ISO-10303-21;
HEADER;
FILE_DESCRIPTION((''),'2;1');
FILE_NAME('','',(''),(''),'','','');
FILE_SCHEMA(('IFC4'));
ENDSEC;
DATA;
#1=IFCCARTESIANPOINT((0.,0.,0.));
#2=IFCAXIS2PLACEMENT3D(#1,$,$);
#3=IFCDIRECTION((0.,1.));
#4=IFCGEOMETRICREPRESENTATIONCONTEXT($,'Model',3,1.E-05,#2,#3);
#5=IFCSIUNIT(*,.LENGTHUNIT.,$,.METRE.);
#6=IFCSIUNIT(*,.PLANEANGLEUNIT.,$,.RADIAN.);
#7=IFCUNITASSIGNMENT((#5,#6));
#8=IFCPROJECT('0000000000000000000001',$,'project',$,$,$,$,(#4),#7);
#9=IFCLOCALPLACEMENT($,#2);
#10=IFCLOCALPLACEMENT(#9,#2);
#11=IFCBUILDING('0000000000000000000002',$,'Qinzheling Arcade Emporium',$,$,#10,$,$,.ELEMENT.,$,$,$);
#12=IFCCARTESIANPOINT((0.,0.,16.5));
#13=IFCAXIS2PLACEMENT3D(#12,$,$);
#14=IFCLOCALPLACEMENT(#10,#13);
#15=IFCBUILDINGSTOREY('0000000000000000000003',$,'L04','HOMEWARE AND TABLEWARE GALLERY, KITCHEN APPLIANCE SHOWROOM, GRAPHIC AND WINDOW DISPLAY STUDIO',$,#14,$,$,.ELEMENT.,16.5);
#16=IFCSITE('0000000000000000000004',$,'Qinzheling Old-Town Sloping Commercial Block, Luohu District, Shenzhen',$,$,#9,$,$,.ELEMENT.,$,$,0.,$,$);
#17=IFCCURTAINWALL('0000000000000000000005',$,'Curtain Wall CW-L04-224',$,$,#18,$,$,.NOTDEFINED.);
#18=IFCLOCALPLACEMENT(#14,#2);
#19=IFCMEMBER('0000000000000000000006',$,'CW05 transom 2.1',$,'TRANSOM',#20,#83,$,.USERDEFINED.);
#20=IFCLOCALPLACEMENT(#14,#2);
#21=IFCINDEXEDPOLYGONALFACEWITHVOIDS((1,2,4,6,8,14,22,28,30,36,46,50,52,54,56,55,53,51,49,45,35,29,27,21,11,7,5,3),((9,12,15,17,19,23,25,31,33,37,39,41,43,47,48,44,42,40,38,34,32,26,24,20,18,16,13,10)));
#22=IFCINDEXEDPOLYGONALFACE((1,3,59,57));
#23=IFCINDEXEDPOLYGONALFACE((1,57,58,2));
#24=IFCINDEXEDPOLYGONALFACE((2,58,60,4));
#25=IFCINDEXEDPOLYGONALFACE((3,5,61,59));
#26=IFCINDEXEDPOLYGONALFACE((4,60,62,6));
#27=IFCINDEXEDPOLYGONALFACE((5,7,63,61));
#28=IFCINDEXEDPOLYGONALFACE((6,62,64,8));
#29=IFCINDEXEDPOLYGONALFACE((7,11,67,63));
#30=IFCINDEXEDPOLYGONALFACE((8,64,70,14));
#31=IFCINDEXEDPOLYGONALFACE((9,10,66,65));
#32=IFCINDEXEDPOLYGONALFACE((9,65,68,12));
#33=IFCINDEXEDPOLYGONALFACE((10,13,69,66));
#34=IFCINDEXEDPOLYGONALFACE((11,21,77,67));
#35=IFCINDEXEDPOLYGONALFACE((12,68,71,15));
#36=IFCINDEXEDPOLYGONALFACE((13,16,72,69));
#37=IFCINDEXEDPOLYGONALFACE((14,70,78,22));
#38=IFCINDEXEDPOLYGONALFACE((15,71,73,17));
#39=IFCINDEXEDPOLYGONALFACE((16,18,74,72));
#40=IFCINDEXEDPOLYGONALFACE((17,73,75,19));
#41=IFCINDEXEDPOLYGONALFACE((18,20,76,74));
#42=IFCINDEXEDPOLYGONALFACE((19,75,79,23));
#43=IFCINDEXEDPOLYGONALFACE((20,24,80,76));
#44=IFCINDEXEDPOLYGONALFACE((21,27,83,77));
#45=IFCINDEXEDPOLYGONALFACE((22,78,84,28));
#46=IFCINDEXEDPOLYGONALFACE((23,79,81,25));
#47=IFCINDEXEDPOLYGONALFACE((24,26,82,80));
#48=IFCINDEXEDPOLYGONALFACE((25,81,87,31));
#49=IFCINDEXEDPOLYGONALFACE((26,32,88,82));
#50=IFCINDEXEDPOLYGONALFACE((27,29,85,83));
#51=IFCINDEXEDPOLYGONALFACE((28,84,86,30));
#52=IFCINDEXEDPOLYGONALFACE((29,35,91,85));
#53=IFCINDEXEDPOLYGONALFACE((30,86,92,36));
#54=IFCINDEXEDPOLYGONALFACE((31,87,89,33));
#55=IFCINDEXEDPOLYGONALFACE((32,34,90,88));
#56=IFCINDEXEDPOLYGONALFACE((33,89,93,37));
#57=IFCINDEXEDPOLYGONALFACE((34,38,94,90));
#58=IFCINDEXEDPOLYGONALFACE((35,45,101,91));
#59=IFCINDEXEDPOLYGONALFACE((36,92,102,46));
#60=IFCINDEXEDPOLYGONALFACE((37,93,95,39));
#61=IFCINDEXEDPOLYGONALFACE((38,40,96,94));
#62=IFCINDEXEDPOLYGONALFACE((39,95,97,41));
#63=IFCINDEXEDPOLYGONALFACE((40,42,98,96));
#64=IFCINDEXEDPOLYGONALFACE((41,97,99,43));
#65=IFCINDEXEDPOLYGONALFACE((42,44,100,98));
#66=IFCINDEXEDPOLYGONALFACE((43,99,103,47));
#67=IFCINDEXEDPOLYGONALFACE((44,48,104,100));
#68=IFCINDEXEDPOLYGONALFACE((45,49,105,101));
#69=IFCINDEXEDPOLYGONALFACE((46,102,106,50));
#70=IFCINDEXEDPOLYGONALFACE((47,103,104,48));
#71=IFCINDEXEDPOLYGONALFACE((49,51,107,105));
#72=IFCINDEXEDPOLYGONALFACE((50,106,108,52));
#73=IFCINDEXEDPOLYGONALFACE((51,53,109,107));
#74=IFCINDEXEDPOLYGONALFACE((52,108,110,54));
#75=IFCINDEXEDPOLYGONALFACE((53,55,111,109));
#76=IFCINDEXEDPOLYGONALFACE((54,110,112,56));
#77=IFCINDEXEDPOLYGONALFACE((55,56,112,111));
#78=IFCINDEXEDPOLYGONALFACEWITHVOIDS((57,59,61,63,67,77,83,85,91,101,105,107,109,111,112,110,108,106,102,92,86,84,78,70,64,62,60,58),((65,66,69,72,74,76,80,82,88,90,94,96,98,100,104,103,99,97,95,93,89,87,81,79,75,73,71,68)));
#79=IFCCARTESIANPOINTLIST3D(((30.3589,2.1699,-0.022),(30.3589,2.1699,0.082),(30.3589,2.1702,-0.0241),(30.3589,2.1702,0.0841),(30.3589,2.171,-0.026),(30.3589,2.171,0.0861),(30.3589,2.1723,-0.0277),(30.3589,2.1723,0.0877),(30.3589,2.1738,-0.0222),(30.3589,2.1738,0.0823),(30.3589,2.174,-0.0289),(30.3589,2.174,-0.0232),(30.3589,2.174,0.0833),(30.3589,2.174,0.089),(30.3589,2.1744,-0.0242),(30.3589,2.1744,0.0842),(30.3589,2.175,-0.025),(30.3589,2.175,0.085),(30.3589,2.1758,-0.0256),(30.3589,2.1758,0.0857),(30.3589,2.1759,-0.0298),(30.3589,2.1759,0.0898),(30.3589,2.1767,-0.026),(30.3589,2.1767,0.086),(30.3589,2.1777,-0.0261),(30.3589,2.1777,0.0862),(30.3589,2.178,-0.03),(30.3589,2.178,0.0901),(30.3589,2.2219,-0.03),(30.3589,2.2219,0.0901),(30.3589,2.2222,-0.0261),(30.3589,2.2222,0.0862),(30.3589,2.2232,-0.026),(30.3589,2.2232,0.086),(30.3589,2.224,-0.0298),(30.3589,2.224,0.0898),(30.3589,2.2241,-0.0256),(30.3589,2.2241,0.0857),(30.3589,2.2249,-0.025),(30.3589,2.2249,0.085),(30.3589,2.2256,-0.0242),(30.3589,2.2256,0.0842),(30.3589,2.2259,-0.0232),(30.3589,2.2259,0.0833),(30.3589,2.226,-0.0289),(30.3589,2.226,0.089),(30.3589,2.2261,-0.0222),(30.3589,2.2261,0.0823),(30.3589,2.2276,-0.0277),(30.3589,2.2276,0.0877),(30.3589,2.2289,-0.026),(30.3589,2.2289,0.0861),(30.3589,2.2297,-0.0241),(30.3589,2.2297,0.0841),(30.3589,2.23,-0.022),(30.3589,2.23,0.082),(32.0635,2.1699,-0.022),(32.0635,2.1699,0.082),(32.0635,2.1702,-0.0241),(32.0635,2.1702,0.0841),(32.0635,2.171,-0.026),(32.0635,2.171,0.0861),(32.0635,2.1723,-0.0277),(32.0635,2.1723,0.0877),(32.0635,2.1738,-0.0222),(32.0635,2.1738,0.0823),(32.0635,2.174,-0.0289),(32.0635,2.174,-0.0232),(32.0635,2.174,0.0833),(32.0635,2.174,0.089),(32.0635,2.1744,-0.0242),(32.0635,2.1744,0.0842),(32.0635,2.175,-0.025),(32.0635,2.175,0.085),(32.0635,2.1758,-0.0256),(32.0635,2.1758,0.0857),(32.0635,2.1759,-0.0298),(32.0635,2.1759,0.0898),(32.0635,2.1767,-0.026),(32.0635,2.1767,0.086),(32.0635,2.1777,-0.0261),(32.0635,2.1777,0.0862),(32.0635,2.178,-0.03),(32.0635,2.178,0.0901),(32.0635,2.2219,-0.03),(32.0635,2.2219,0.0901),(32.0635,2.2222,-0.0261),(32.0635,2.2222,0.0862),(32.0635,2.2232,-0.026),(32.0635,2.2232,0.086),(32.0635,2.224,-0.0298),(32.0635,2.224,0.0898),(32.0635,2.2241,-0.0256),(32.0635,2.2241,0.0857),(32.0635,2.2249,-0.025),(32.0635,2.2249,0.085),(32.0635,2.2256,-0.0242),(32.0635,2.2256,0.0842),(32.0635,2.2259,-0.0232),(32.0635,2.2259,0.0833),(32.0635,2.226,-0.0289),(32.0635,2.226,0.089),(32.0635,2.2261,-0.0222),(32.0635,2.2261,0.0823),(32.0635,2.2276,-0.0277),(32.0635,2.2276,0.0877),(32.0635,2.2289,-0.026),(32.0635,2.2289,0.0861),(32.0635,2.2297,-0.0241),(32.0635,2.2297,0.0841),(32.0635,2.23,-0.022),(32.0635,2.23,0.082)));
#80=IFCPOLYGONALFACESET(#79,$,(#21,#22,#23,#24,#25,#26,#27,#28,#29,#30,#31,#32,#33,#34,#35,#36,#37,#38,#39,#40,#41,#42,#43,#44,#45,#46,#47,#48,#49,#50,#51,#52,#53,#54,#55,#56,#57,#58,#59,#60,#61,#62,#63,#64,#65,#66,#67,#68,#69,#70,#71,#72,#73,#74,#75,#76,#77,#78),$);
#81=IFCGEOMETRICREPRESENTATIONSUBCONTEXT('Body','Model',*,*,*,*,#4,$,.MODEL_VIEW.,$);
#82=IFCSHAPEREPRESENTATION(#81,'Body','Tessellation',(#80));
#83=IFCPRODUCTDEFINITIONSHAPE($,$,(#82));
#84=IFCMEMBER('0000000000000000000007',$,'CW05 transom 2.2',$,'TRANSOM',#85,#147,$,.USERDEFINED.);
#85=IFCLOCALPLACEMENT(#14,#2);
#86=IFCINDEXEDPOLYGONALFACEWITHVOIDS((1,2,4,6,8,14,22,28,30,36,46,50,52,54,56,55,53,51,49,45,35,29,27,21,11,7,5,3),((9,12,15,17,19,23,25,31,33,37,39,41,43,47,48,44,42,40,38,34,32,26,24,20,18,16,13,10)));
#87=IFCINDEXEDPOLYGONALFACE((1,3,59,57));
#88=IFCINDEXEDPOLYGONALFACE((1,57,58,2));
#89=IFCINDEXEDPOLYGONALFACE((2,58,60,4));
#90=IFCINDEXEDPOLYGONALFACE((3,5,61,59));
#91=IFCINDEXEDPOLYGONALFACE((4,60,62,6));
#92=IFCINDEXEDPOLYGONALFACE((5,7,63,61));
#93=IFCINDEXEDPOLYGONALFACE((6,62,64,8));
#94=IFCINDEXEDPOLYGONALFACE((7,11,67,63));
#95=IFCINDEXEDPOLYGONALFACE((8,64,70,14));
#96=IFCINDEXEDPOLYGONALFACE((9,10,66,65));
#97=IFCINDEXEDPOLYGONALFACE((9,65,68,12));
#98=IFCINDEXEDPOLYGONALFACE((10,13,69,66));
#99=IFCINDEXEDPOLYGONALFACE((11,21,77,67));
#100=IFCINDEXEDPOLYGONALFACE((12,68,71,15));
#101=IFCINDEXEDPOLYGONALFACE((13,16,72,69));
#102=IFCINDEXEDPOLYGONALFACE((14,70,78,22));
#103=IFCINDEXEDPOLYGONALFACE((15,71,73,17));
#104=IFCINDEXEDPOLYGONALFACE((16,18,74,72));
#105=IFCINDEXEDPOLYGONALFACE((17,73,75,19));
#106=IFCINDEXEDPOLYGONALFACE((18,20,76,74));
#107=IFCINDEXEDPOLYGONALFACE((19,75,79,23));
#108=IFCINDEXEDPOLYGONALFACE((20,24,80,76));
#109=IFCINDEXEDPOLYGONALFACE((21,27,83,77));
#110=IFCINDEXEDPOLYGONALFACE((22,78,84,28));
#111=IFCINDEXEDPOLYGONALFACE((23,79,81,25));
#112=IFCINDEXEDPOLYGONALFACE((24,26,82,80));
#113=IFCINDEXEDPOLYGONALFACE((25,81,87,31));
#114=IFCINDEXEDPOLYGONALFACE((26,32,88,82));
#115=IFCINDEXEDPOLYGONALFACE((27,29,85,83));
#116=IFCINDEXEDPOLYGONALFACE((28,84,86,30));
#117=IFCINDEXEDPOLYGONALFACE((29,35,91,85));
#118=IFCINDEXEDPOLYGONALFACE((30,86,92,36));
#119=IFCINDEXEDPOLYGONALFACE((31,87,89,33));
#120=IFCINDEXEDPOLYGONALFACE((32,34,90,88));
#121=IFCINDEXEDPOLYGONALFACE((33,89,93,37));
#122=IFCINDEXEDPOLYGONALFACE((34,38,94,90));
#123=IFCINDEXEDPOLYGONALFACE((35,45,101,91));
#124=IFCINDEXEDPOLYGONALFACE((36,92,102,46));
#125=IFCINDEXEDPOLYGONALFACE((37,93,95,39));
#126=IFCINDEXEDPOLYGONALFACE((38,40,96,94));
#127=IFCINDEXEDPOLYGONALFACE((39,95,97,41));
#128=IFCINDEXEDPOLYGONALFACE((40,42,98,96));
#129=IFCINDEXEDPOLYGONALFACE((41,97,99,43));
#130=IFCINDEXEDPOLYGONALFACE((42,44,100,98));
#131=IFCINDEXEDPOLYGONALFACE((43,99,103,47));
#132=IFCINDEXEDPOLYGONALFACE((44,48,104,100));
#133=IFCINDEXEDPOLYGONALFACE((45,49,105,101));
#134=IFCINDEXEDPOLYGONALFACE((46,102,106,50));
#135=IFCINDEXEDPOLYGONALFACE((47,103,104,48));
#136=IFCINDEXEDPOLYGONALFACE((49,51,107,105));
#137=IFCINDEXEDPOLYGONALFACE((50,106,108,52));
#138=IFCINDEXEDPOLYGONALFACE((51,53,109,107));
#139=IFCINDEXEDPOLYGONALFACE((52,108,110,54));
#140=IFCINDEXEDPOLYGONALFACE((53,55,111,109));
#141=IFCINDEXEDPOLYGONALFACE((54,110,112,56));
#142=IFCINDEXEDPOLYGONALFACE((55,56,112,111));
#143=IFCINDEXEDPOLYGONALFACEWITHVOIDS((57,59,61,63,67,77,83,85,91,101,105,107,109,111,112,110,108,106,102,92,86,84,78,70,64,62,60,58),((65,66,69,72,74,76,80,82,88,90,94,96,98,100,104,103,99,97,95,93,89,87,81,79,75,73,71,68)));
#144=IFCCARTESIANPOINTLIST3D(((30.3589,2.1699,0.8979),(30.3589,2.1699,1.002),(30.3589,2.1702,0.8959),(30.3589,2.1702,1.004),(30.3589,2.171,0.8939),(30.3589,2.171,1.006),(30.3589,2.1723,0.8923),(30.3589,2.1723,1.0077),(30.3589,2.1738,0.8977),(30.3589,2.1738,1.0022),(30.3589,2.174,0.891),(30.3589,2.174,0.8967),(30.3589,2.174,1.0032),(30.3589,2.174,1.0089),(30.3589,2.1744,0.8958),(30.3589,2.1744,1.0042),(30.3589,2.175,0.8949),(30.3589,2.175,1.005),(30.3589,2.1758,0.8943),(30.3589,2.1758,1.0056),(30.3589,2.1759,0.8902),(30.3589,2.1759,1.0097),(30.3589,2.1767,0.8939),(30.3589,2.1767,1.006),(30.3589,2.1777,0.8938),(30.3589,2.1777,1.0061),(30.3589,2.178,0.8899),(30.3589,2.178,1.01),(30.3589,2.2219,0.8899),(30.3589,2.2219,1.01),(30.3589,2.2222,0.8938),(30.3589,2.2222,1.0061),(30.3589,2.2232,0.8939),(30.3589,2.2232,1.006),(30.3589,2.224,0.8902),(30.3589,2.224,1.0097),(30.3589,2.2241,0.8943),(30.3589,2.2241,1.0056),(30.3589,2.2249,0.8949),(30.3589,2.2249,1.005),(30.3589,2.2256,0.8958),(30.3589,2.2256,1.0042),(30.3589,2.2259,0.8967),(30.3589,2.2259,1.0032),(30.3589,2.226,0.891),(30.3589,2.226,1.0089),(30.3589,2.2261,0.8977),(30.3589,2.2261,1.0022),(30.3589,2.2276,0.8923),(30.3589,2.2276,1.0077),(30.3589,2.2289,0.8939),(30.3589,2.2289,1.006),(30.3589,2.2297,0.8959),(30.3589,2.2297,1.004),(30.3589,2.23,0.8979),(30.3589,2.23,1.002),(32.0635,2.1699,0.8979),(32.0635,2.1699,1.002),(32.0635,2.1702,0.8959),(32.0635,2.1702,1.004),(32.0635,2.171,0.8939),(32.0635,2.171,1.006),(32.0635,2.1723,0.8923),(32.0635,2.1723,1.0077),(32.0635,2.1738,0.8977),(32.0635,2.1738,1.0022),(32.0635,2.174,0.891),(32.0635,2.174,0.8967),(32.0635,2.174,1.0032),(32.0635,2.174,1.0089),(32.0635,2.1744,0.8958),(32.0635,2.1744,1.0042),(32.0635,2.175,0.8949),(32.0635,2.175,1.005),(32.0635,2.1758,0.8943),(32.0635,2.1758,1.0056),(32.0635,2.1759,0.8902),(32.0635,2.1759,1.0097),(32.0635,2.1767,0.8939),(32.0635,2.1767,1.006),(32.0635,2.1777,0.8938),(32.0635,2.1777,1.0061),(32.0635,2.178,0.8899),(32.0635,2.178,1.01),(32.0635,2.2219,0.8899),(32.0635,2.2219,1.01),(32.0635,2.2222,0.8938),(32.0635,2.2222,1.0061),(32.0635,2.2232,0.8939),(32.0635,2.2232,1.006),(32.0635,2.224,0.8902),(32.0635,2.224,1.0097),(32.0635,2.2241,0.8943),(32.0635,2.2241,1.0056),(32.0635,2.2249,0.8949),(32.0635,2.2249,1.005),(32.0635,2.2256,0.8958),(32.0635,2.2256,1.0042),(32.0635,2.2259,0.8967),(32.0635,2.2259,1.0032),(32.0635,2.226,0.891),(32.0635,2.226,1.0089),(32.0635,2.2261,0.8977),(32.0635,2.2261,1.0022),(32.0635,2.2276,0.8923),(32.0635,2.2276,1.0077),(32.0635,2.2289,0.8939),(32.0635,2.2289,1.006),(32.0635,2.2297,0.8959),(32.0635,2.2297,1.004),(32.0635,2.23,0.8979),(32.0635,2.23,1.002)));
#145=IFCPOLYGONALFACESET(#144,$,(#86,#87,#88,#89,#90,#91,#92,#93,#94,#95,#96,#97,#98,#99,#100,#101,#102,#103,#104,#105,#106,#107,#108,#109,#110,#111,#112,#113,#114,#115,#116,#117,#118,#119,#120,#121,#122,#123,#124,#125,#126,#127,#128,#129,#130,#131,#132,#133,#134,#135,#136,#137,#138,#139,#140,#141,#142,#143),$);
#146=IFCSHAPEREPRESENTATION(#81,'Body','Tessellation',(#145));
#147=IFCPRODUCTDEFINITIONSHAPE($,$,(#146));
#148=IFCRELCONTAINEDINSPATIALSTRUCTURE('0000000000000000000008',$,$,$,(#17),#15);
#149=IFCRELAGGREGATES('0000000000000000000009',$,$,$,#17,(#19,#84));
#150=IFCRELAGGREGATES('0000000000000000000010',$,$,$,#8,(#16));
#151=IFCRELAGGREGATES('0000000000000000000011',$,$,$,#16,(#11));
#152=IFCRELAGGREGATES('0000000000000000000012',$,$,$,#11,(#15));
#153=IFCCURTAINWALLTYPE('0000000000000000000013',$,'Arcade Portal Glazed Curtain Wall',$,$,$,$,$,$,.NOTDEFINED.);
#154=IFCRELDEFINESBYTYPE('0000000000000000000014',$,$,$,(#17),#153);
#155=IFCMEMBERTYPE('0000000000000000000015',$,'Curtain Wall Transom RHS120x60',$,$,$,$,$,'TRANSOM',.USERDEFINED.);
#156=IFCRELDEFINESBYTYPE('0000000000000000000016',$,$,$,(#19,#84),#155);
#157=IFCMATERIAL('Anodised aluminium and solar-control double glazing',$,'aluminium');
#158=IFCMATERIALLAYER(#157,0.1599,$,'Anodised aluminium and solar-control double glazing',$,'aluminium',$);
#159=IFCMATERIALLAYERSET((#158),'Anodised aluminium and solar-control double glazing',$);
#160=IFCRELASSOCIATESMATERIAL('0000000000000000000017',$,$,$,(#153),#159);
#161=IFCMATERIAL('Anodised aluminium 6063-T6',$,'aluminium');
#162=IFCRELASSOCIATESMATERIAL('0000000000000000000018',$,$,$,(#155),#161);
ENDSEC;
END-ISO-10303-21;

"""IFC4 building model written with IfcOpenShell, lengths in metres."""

from ifc_helpers import new_model, si_unit, direction, frame, origin, origin_2d, place, context, subcontext, project, spatial, hollow_rectangle, extrude, material, layer, layer_set, material_profile, profile_set, type_object, element, aggregate, save


model = new_model("IFC4")

# Units and contexts
model_context = context("Model", 3, precision=1e-05, world=origin(), true_north=direction((0.0, 1.0)))
body_context = subcontext(model_context, "Body", "Model", "MODEL_VIEW")
ifc_project = project(units=[si_unit("LENGTHUNIT", "METRE"), si_unit("PLANEANGLEUNIT", "RADIAN")], contexts=[model_context])

# Site, building, storey
site_placement = place(None, origin())
site = spatial("IfcSite", under=ifc_project, at=site_placement, Name="Qinzheling Old-Town Sloping Commercial Block, Luohu District, Shenzhen", CompositionType="ELEMENT", RefElevation=0.0)
building_placement = place(site_placement, origin())
building = spatial("IfcBuilding", under=site, at=building_placement, Name="Qinzheling Arcade Emporium", CompositionType="ELEMENT")
storey_placement = place(building_placement, frame((0.0, 0.0, 16.5)))
storey = spatial("IfcBuildingStorey", under=building, at=storey_placement, Name="L04", Description="HOMEWARE AND TABLEWARE GALLERY, KITCHEN APPLIANCE SHOWROOM, GRAPHIC AND WINDOW DISPLAY STUDIO", CompositionType="ELEMENT", Elevation=16.5)

# Shared definitions
ifc_material_1 = material(Name="Anodised aluminium and solar-control double glazing", Category="aluminium")
ifc_layer_1 = layer(ifc_material_1, 0.1599, Name="Anodised aluminium and solar-control double glazing", Category="aluminium")
ifc_layer_set_1 = layer_set([ifc_layer_1], Name="Anodised aluminium and solar-control double glazing")
curtain_wall_type = type_object("IfcCurtainWallType", Name="Arcade Portal Glazed Curtain Wall", PredefinedType="NOTDEFINED", material=ifc_layer_set_1)
ifc_material_2 = material(Name="Anodised aluminium 6063-T6", Category="aluminium")

# Curtain wall
curtain_wall_1_placement = place(storey_placement, origin())
curtain_wall_1 = element("IfcCurtainWall", 1, at=curtain_wall_1_placement, inside=storey, type_object=curtain_wall_type, Name="Curtain Wall CW-L04-224", PredefinedType="NOTDEFINED")

# Members
ifc_material_profile_1 = material_profile(ifc_material_2, hollow_rectangle(XDim=0.0601, YDim=0.1201, WallThickness=0.0039, InnerFilletRadius=0.0039, OuterFilletRadius=0.0081, at=origin_2d()), Name="RHS 120x60x4", Category="aluminium")
ifc_profile_set_1 = profile_set([ifc_material_profile_1], Name="Anodised aluminium 6063-T6")
member_type_1 = type_object("IfcMemberType", Name="Curtain Wall Transom RHS120x60", ElementType="TRANSOM", PredefinedType="USERDEFINED", material=ifc_profile_set_1)
member_1_placement = place(storey_placement, frame((32.0635, 2.2, 0.03), z_axis=(-1.0, 0.0, 0.0), x_axis=(0.0, -1.0, 0.0)))
member_1 = element("IfcMember", 2, at=member_1_placement, type_object=member_type_1, Name="CW05 transom 2.1", ObjectType="TRANSOM", PredefinedType="USERDEFINED", context=body_context, shape_type="SweptSolid", body=[
    extrude(hollow_rectangle(XDim=0.0601, YDim=0.1201, WallThickness=0.0039, InnerFilletRadius=0.0039, OuterFilletRadius=0.0081, at=origin_2d()), origin(), (0.0, 0.0, 1.0), 1.7046),
])
member_2_placement = place(storey_placement, frame((32.0635, 2.2, 0.95), z_axis=(-1.0, 0.0, 0.0), x_axis=(0.0, -1.0, 0.0)))
member_2 = element("IfcMember", 3, at=member_2_placement, type_object=member_type_1, Name="CW05 transom 2.2", ObjectType="TRANSOM", PredefinedType="USERDEFINED", context=body_context, shape_type="SweptSolid", body=[
    extrude(hollow_rectangle(XDim=0.0601, YDim=0.1201, WallThickness=0.0039, InnerFilletRadius=0.0039, OuterFilletRadius=0.0081, at=origin_2d()), origin(), (0.0, 0.0, 1.0), 1.7046),
])

aggregate(curtain_wall_1, [member_1, member_2])

save(model, "model.ifc")
